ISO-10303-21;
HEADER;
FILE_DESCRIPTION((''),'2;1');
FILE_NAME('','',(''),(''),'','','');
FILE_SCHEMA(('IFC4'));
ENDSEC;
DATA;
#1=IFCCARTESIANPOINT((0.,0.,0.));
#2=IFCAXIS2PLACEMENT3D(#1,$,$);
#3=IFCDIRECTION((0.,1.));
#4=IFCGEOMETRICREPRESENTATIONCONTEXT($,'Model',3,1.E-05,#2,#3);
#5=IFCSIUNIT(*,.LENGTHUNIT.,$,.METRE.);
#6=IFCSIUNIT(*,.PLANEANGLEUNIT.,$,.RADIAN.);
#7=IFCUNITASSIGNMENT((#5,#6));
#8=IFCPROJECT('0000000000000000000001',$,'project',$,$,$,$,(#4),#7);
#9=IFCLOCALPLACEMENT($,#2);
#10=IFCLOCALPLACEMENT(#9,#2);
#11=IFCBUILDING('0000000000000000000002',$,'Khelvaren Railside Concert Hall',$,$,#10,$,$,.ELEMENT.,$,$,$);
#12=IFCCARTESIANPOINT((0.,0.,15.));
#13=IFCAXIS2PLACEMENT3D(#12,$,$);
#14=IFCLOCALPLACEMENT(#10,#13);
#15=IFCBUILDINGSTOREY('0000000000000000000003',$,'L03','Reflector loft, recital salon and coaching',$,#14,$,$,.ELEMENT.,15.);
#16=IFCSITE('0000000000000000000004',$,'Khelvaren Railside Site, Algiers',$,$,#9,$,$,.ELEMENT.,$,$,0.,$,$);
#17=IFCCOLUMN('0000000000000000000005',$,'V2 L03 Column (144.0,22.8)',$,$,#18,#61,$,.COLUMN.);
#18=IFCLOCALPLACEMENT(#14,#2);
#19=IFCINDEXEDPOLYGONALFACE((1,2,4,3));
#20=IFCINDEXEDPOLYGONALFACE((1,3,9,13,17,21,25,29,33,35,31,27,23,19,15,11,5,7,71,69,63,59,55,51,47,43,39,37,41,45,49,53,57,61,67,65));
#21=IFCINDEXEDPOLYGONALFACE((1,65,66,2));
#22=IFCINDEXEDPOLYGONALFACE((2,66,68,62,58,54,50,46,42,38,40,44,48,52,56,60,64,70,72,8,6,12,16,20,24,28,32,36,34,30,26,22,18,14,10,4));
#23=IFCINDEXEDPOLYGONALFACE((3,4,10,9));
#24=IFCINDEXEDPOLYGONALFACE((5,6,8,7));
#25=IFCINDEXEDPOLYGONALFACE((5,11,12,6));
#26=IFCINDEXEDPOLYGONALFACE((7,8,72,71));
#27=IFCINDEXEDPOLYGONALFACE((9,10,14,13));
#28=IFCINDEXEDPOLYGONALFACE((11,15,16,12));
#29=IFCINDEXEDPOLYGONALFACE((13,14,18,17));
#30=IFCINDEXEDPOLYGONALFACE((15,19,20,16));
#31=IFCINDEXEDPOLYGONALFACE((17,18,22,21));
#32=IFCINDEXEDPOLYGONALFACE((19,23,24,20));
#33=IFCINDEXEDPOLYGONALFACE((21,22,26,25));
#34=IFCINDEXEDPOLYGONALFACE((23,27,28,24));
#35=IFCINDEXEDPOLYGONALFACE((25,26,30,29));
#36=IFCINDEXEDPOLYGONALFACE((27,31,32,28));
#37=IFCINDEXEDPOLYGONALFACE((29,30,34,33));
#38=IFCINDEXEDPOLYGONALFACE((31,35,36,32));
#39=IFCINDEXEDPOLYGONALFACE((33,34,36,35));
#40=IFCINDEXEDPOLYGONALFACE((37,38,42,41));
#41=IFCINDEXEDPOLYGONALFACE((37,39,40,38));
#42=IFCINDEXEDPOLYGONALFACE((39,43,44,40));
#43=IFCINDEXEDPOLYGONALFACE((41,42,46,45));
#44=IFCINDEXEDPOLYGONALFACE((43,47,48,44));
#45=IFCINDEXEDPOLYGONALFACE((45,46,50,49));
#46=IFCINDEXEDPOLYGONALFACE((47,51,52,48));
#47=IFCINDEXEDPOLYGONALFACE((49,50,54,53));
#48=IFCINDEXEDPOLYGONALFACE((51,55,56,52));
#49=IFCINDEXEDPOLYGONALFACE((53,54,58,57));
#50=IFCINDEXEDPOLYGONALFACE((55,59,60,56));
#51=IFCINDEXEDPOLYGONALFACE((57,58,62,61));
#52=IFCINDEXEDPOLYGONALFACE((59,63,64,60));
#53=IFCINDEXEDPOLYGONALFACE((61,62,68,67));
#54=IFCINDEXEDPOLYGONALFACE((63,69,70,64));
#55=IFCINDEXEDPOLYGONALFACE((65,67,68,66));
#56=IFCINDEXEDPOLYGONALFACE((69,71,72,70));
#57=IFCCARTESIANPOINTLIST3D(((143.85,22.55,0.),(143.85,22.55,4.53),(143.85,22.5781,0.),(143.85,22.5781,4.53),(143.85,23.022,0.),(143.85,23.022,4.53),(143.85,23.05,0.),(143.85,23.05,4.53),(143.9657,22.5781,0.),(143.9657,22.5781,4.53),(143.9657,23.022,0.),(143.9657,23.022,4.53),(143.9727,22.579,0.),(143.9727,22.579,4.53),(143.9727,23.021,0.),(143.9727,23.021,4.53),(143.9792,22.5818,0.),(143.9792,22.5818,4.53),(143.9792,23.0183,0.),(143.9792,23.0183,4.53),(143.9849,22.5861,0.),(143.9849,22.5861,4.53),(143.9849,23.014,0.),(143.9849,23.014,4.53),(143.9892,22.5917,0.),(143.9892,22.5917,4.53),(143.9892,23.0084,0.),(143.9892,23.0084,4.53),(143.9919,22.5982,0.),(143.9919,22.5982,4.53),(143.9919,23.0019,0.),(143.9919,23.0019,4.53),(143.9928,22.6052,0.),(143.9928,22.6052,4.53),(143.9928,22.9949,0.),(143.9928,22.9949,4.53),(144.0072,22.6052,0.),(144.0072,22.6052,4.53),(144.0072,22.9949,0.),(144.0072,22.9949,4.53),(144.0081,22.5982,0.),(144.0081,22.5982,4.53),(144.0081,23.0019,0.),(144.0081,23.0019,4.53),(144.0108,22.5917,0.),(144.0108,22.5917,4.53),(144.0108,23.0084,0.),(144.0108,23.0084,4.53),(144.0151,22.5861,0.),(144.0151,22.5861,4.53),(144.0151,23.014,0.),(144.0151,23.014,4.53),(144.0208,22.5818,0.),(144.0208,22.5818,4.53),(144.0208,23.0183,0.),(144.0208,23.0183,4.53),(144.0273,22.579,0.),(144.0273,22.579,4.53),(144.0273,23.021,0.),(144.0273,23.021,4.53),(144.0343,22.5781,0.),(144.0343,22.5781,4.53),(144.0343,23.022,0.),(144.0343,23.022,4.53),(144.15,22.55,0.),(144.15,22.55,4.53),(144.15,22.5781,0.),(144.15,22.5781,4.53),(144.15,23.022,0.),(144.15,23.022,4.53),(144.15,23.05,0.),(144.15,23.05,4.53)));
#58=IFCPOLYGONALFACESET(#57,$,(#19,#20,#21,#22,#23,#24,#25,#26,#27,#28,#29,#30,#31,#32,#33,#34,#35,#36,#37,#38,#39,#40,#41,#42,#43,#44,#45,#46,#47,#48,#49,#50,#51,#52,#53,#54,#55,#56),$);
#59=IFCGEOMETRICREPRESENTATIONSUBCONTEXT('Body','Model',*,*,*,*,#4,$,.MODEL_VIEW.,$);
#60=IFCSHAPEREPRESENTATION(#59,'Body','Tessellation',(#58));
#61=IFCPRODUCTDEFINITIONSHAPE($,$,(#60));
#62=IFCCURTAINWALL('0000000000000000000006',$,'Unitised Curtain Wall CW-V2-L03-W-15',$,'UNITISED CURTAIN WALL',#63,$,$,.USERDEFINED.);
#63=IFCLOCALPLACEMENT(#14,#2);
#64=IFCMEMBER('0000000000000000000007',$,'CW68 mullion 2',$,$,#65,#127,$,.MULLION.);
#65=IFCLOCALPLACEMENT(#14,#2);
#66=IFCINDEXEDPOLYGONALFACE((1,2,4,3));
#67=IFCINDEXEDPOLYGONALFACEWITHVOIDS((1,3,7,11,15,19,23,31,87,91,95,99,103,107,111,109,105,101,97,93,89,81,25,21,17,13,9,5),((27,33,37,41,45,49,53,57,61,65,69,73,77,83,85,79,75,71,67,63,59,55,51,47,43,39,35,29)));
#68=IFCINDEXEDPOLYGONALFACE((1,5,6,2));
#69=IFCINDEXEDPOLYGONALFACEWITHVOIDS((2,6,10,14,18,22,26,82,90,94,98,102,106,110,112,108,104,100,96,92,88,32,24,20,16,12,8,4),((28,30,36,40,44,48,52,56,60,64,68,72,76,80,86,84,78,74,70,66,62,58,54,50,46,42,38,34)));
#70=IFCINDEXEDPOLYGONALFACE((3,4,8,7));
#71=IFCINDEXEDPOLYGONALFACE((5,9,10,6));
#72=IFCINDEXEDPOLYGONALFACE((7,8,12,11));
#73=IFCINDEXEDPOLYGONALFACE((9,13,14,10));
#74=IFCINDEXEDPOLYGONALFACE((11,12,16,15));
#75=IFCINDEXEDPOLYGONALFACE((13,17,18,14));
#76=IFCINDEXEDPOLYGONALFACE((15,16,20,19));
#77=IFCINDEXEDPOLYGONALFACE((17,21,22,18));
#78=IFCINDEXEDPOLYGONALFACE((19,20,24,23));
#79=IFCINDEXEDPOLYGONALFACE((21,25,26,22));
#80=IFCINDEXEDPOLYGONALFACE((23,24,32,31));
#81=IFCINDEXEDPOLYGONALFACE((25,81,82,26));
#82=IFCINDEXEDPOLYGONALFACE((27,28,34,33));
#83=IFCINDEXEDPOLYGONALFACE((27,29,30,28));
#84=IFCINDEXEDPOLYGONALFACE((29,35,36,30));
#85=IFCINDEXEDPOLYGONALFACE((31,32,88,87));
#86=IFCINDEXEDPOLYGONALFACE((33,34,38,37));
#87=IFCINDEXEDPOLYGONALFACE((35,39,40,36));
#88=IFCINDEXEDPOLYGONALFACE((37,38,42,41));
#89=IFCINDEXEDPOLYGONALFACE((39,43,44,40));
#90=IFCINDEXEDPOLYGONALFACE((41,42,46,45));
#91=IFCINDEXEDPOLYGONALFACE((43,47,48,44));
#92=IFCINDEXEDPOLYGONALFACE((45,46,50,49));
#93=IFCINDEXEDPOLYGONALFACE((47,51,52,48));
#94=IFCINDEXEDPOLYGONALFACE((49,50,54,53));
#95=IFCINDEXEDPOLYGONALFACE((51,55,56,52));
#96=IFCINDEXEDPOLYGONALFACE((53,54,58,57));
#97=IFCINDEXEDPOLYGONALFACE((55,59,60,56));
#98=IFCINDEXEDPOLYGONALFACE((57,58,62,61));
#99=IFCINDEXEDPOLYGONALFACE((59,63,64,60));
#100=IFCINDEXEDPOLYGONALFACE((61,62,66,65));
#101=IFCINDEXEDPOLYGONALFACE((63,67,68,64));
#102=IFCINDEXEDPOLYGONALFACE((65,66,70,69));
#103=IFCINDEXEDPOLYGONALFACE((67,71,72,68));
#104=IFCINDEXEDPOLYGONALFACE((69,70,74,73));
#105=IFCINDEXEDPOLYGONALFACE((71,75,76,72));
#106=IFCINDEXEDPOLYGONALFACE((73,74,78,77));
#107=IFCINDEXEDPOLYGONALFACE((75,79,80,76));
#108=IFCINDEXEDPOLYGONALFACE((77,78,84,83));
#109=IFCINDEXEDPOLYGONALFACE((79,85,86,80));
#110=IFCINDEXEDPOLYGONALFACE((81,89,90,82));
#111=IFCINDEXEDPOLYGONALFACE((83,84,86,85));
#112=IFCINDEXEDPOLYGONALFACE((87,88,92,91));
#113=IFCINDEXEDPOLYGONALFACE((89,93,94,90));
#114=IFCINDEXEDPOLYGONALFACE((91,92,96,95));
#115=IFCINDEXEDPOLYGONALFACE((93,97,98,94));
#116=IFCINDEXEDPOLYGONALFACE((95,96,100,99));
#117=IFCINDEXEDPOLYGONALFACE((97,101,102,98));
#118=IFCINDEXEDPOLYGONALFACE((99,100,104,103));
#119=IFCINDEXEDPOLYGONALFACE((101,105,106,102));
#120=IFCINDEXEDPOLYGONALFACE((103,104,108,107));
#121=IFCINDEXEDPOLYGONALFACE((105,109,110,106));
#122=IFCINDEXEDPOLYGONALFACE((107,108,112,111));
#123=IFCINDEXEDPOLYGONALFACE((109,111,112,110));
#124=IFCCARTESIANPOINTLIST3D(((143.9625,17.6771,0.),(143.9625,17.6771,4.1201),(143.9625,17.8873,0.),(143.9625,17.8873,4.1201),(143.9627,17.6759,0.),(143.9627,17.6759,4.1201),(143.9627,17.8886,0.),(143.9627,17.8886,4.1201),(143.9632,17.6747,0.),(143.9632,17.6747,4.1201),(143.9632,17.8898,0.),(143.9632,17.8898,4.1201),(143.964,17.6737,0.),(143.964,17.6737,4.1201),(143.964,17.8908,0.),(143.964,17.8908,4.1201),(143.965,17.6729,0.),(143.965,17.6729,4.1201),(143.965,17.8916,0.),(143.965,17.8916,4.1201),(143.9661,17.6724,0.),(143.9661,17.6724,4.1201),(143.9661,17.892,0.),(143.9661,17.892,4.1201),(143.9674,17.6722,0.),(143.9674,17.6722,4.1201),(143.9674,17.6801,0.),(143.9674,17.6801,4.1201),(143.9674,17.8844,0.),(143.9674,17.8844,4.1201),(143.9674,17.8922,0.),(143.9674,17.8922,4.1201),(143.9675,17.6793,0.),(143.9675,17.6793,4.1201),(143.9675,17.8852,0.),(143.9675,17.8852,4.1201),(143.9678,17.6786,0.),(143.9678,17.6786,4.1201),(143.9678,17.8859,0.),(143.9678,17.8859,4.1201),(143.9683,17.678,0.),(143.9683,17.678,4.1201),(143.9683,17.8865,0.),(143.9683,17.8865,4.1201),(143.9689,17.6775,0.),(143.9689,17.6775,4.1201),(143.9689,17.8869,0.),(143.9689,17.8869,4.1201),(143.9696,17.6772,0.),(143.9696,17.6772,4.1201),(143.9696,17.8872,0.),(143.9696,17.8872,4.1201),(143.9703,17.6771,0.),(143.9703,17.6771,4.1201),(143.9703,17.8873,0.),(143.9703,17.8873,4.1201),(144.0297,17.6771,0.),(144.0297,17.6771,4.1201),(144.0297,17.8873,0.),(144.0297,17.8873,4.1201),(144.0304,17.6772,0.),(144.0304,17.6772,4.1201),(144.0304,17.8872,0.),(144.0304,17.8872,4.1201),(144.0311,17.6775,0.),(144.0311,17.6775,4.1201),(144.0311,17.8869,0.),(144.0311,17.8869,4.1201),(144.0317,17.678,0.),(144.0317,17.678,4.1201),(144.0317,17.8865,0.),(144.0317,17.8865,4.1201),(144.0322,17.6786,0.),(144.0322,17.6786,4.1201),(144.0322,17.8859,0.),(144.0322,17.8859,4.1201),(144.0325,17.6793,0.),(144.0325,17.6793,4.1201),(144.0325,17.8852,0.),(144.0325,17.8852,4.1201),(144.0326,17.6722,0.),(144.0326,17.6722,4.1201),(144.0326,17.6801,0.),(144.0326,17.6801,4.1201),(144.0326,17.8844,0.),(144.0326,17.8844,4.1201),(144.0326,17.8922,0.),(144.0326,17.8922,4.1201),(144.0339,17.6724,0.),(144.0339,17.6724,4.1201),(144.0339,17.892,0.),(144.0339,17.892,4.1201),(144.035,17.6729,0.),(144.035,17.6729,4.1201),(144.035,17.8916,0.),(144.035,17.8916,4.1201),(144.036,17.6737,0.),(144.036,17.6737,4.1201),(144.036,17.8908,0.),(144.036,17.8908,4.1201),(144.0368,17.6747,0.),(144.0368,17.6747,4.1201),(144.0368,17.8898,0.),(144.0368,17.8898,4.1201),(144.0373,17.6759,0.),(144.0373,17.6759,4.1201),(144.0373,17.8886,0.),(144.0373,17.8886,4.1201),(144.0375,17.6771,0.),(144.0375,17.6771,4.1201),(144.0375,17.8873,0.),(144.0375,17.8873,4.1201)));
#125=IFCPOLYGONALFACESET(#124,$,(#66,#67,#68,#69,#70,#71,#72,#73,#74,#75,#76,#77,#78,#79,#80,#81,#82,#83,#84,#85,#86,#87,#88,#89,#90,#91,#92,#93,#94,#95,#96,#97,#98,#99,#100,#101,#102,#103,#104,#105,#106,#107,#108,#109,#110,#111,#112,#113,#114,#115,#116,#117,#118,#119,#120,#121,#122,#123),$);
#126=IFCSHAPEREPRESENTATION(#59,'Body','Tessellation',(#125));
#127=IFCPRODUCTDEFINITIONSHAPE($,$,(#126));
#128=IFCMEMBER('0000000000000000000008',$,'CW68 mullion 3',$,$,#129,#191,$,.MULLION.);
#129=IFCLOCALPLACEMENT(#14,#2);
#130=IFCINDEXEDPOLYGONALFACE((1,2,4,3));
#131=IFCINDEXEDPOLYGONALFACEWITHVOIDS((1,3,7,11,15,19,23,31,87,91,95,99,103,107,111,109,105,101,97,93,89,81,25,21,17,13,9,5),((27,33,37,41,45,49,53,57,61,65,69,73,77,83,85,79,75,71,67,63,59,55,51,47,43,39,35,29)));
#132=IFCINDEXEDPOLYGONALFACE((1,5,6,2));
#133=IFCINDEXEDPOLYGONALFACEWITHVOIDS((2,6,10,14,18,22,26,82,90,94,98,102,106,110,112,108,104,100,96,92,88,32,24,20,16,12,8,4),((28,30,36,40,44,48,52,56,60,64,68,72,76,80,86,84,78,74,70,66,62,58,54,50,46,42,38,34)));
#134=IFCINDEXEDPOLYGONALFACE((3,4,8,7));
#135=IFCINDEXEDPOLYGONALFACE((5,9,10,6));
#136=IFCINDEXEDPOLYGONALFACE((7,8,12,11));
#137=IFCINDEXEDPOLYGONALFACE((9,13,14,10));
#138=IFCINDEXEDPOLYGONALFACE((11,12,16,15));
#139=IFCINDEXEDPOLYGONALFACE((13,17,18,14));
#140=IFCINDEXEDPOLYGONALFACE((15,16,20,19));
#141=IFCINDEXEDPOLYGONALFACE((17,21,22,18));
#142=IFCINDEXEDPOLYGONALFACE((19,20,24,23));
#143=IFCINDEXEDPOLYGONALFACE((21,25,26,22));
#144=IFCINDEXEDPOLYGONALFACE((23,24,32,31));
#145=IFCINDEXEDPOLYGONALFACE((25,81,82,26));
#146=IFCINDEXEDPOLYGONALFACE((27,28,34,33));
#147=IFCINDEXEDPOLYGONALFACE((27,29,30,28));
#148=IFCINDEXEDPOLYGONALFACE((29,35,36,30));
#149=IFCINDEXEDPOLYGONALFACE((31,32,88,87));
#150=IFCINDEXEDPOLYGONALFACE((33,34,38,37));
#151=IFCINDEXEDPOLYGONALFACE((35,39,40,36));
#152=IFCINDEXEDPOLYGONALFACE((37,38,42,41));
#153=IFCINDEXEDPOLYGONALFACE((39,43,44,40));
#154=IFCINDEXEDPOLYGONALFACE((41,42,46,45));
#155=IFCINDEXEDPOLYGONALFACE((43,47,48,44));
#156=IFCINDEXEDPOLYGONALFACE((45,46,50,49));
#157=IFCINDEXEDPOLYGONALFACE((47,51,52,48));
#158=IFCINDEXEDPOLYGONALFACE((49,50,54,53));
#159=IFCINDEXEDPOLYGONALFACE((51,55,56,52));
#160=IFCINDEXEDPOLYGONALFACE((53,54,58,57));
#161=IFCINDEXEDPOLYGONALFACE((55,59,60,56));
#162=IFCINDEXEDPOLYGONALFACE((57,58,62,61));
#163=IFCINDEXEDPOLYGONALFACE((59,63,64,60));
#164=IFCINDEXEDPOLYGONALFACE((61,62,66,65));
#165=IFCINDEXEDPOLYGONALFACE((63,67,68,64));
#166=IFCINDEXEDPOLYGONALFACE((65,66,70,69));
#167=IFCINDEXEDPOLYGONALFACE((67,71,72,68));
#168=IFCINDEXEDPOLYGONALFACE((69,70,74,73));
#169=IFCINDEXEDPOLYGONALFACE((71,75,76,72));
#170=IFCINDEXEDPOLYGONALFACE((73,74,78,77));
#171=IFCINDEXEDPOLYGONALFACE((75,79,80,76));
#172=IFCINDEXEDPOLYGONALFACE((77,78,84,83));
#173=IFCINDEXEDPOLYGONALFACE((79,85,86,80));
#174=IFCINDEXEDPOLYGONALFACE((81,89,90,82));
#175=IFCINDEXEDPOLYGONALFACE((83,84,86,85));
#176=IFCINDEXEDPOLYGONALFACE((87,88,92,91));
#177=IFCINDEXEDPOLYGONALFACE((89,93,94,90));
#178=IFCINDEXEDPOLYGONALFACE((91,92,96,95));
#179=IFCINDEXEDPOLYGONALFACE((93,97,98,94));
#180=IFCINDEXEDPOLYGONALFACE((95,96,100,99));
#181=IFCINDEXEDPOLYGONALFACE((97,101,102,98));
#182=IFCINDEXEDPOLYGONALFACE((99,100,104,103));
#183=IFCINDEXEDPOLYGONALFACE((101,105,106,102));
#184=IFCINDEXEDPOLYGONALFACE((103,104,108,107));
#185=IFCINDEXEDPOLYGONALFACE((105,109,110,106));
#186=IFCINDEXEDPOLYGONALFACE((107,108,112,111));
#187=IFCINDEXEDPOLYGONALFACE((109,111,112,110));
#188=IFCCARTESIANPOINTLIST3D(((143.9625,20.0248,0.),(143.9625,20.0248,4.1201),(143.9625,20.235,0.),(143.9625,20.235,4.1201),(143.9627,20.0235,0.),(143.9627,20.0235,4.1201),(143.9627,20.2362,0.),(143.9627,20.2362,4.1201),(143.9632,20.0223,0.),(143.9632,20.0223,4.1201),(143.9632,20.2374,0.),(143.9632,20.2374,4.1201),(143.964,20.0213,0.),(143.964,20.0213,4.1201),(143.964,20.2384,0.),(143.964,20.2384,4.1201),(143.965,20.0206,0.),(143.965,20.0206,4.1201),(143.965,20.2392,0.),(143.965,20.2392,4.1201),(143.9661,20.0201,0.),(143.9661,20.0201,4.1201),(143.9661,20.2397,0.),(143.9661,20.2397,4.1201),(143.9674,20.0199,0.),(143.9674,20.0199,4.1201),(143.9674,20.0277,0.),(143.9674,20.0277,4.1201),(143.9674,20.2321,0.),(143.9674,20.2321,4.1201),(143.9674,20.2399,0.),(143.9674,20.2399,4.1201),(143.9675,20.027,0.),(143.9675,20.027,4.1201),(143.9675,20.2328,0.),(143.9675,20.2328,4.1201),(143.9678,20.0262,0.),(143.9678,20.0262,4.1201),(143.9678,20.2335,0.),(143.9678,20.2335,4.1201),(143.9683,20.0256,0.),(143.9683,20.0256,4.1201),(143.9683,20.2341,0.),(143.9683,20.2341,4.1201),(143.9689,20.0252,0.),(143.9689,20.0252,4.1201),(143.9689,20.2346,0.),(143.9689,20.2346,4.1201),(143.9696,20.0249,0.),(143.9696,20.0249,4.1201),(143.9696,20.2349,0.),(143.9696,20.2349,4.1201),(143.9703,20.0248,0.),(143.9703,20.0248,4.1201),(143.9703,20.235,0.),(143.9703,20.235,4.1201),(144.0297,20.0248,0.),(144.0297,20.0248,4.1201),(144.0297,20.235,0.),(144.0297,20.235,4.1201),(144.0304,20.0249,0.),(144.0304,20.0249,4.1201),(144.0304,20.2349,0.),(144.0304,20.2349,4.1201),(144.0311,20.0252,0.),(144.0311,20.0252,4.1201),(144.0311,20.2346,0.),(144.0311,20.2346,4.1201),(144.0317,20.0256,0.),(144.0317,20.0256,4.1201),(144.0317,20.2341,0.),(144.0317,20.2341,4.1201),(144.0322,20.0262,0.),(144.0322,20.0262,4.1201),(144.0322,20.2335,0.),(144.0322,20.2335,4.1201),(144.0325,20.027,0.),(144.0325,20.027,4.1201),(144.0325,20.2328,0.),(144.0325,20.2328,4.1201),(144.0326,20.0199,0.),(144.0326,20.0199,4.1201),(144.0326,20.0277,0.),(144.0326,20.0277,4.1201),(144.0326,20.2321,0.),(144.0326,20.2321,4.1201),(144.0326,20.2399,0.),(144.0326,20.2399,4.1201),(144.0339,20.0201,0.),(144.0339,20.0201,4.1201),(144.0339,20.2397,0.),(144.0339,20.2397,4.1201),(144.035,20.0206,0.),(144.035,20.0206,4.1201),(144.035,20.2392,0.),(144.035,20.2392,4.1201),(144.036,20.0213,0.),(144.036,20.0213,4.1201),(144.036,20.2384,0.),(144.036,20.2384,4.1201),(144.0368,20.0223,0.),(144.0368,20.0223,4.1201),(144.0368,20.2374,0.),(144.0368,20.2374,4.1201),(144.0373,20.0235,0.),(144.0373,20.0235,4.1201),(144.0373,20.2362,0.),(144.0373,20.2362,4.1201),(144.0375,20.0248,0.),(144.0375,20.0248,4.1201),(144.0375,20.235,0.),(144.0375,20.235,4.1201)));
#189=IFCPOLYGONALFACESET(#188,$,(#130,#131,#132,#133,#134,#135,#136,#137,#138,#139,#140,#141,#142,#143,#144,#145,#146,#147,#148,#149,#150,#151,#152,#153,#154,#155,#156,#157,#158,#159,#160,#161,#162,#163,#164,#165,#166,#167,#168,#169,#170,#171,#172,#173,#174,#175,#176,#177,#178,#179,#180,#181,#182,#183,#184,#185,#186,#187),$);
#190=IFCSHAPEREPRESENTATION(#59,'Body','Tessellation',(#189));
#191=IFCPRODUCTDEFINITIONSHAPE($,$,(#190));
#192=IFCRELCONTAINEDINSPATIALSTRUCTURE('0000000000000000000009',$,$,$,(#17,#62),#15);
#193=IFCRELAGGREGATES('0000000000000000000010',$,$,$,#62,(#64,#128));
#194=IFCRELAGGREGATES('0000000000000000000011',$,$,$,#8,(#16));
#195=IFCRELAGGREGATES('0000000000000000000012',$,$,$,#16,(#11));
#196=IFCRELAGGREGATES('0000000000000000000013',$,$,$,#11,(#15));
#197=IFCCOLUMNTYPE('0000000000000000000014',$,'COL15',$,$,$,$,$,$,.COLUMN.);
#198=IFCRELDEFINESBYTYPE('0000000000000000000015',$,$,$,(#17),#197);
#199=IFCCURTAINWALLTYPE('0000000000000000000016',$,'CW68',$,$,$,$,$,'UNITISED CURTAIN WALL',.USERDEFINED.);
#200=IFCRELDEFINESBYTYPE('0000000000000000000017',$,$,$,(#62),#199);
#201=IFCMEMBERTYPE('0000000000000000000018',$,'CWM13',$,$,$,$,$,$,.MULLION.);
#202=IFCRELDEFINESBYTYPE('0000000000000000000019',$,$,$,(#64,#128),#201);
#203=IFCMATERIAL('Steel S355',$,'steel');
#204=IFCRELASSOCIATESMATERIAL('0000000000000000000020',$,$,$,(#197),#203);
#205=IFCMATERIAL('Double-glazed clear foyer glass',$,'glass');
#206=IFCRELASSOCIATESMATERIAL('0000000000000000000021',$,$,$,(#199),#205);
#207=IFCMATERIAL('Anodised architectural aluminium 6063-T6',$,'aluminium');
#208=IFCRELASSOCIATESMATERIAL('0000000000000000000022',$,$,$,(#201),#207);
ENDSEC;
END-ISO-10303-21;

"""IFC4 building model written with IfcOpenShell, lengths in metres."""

from ifc_helpers import new_model, si_unit, direction, frame, origin, origin_2d, place, context, subcontext, project, spatial, hollow_rectangle, i_section, extrude, material, material_profile, profile_set, type_object, element, aggregate, save


model = new_model("IFC4")

# Units and contexts
model_context = context("Model", 3, precision=1e-05, world=origin(), true_north=direction((0.0, 1.0)))
body_context = subcontext(model_context, "Body", "Model", "MODEL_VIEW")
ifc_project = project(units=[si_unit("LENGTHUNIT", "METRE"), si_unit("PLANEANGLEUNIT", "RADIAN")], contexts=[model_context])

# Site, building, storey
site_placement = place(None, origin())
site = spatial("IfcSite", under=ifc_project, at=site_placement, Name="Khelvaren Railside Site, Algiers", CompositionType="ELEMENT", RefElevation=0.0)
building_placement = place(site_placement, origin())
building = spatial("IfcBuilding", under=site, at=building_placement, Name="Khelvaren Railside Concert Hall", CompositionType="ELEMENT")
storey_placement = place(building_placement, frame((0.0, 0.0, 15.0)))
storey = spatial("IfcBuildingStorey", under=building, at=storey_placement, Name="L03", Description="Reflector loft, recital salon and coaching", CompositionType="ELEMENT", Elevation=15.0)

# Column
ifc_material_1 = material(Name="Steel S355", Category="steel")
ifc_material_profile_1 = material_profile(ifc_material_1, i_section(OverallWidth=0.3, OverallDepth=0.5, WebThickness=0.0144, FlangeThickness=0.0281, FilletRadius=0.0271, at=origin_2d()), Name="HEB 500")
ifc_profile_set_1 = profile_set([ifc_material_profile_1], Name="Steel S355")
column_type = type_object("IfcColumnType", Name="COL15", PredefinedType="COLUMN", material=ifc_profile_set_1)
column_placement = place(storey_placement, frame((144.0, 22.8, 0.0), z_axis=(0.0, 0.0, 1.0), x_axis=(1.0, 0.0, 0.0)))
element("IfcColumn", 1, at=column_placement, inside=storey, type_object=column_type, Name="V2 L03 Column (144.0,22.8)", PredefinedType="COLUMN", context=body_context, shape_type="SweptSolid", body=[
    extrude(i_section(OverallWidth=0.3, OverallDepth=0.5, WebThickness=0.0144, FlangeThickness=0.0281, FilletRadius=0.0271, at=origin_2d()), origin(), (0.0, 0.0, 1.0), 4.53),
])

# Curtain wall, members
ifc_material_2 = material(Name="Double-glazed clear foyer glass", Category="glass")
curtain_wall_type_1 = type_object("IfcCurtainWallType", Name="CW68", ElementType="UNITISED CURTAIN WALL", PredefinedType="USERDEFINED", material=ifc_material_2)
curtain_wall_1_placement = place(storey_placement, origin())
curtain_wall_1 = element("IfcCurtainWall", 2, at=curtain_wall_1_placement, inside=storey, type_object=curtain_wall_type_1, Name="Unitised Curtain Wall CW-V2-L03-W-15", ObjectType="UNITISED CURTAIN WALL", PredefinedType="USERDEFINED")
ifc_material_3 = material(Name="Anodised architectural aluminium 6063-T6", Category="aluminium")
ifc_material_profile_2 = material_profile(ifc_material_3, hollow_rectangle(XDim=0.075, YDim=0.22, WallThickness=0.0049, InnerFilletRadius=0.0029, OuterFilletRadius=0.0049, at=origin_2d()), Name="CWM 75x220x5")
ifc_profile_set_2 = profile_set([ifc_material_profile_2], Name="Anodised architectural aluminium 6063-T6")
member_type_1 = type_object("IfcMemberType", Name="CWM13", PredefinedType="MULLION", material=ifc_profile_set_2)
member_1_placement = place(storey_placement, frame((144.0, 17.7822, 0.0), z_axis=(0.0, 0.0, 1.0), x_axis=(-1.0, 0.0, 0.0)))
member_1 = element("IfcMember", 3, at=member_1_placement, type_object=member_type_1, Name="CW68 mullion 2", PredefinedType="MULLION", context=body_context, shape_type="SweptSolid", body=[
    extrude(hollow_rectangle(XDim=0.075, YDim=0.22, WallThickness=0.0049, InnerFilletRadius=0.0029, OuterFilletRadius=0.0049, at=origin_2d()), origin(), (0.0, 0.0, 1.0), 4.1201),
])
member_2_placement = place(storey_placement, frame((144.0, 20.1299, 0.0), z_axis=(0.0, 0.0, 1.0), x_axis=(-1.0, 0.0, 0.0)))
member_2 = element("IfcMember", 4, at=member_2_placement, type_object=member_type_1, Name="CW68 mullion 3", PredefinedType="MULLION", context=body_context, shape_type="SweptSolid", body=[
    extrude(hollow_rectangle(XDim=0.075, YDim=0.22, WallThickness=0.0049, InnerFilletRadius=0.0029, OuterFilletRadius=0.0049, at=origin_2d()), origin(), (0.0, 0.0, 1.0), 4.1201),
])

aggregate(curtain_wall_1, [member_1, member_2])

save(model, "model.ifc")
